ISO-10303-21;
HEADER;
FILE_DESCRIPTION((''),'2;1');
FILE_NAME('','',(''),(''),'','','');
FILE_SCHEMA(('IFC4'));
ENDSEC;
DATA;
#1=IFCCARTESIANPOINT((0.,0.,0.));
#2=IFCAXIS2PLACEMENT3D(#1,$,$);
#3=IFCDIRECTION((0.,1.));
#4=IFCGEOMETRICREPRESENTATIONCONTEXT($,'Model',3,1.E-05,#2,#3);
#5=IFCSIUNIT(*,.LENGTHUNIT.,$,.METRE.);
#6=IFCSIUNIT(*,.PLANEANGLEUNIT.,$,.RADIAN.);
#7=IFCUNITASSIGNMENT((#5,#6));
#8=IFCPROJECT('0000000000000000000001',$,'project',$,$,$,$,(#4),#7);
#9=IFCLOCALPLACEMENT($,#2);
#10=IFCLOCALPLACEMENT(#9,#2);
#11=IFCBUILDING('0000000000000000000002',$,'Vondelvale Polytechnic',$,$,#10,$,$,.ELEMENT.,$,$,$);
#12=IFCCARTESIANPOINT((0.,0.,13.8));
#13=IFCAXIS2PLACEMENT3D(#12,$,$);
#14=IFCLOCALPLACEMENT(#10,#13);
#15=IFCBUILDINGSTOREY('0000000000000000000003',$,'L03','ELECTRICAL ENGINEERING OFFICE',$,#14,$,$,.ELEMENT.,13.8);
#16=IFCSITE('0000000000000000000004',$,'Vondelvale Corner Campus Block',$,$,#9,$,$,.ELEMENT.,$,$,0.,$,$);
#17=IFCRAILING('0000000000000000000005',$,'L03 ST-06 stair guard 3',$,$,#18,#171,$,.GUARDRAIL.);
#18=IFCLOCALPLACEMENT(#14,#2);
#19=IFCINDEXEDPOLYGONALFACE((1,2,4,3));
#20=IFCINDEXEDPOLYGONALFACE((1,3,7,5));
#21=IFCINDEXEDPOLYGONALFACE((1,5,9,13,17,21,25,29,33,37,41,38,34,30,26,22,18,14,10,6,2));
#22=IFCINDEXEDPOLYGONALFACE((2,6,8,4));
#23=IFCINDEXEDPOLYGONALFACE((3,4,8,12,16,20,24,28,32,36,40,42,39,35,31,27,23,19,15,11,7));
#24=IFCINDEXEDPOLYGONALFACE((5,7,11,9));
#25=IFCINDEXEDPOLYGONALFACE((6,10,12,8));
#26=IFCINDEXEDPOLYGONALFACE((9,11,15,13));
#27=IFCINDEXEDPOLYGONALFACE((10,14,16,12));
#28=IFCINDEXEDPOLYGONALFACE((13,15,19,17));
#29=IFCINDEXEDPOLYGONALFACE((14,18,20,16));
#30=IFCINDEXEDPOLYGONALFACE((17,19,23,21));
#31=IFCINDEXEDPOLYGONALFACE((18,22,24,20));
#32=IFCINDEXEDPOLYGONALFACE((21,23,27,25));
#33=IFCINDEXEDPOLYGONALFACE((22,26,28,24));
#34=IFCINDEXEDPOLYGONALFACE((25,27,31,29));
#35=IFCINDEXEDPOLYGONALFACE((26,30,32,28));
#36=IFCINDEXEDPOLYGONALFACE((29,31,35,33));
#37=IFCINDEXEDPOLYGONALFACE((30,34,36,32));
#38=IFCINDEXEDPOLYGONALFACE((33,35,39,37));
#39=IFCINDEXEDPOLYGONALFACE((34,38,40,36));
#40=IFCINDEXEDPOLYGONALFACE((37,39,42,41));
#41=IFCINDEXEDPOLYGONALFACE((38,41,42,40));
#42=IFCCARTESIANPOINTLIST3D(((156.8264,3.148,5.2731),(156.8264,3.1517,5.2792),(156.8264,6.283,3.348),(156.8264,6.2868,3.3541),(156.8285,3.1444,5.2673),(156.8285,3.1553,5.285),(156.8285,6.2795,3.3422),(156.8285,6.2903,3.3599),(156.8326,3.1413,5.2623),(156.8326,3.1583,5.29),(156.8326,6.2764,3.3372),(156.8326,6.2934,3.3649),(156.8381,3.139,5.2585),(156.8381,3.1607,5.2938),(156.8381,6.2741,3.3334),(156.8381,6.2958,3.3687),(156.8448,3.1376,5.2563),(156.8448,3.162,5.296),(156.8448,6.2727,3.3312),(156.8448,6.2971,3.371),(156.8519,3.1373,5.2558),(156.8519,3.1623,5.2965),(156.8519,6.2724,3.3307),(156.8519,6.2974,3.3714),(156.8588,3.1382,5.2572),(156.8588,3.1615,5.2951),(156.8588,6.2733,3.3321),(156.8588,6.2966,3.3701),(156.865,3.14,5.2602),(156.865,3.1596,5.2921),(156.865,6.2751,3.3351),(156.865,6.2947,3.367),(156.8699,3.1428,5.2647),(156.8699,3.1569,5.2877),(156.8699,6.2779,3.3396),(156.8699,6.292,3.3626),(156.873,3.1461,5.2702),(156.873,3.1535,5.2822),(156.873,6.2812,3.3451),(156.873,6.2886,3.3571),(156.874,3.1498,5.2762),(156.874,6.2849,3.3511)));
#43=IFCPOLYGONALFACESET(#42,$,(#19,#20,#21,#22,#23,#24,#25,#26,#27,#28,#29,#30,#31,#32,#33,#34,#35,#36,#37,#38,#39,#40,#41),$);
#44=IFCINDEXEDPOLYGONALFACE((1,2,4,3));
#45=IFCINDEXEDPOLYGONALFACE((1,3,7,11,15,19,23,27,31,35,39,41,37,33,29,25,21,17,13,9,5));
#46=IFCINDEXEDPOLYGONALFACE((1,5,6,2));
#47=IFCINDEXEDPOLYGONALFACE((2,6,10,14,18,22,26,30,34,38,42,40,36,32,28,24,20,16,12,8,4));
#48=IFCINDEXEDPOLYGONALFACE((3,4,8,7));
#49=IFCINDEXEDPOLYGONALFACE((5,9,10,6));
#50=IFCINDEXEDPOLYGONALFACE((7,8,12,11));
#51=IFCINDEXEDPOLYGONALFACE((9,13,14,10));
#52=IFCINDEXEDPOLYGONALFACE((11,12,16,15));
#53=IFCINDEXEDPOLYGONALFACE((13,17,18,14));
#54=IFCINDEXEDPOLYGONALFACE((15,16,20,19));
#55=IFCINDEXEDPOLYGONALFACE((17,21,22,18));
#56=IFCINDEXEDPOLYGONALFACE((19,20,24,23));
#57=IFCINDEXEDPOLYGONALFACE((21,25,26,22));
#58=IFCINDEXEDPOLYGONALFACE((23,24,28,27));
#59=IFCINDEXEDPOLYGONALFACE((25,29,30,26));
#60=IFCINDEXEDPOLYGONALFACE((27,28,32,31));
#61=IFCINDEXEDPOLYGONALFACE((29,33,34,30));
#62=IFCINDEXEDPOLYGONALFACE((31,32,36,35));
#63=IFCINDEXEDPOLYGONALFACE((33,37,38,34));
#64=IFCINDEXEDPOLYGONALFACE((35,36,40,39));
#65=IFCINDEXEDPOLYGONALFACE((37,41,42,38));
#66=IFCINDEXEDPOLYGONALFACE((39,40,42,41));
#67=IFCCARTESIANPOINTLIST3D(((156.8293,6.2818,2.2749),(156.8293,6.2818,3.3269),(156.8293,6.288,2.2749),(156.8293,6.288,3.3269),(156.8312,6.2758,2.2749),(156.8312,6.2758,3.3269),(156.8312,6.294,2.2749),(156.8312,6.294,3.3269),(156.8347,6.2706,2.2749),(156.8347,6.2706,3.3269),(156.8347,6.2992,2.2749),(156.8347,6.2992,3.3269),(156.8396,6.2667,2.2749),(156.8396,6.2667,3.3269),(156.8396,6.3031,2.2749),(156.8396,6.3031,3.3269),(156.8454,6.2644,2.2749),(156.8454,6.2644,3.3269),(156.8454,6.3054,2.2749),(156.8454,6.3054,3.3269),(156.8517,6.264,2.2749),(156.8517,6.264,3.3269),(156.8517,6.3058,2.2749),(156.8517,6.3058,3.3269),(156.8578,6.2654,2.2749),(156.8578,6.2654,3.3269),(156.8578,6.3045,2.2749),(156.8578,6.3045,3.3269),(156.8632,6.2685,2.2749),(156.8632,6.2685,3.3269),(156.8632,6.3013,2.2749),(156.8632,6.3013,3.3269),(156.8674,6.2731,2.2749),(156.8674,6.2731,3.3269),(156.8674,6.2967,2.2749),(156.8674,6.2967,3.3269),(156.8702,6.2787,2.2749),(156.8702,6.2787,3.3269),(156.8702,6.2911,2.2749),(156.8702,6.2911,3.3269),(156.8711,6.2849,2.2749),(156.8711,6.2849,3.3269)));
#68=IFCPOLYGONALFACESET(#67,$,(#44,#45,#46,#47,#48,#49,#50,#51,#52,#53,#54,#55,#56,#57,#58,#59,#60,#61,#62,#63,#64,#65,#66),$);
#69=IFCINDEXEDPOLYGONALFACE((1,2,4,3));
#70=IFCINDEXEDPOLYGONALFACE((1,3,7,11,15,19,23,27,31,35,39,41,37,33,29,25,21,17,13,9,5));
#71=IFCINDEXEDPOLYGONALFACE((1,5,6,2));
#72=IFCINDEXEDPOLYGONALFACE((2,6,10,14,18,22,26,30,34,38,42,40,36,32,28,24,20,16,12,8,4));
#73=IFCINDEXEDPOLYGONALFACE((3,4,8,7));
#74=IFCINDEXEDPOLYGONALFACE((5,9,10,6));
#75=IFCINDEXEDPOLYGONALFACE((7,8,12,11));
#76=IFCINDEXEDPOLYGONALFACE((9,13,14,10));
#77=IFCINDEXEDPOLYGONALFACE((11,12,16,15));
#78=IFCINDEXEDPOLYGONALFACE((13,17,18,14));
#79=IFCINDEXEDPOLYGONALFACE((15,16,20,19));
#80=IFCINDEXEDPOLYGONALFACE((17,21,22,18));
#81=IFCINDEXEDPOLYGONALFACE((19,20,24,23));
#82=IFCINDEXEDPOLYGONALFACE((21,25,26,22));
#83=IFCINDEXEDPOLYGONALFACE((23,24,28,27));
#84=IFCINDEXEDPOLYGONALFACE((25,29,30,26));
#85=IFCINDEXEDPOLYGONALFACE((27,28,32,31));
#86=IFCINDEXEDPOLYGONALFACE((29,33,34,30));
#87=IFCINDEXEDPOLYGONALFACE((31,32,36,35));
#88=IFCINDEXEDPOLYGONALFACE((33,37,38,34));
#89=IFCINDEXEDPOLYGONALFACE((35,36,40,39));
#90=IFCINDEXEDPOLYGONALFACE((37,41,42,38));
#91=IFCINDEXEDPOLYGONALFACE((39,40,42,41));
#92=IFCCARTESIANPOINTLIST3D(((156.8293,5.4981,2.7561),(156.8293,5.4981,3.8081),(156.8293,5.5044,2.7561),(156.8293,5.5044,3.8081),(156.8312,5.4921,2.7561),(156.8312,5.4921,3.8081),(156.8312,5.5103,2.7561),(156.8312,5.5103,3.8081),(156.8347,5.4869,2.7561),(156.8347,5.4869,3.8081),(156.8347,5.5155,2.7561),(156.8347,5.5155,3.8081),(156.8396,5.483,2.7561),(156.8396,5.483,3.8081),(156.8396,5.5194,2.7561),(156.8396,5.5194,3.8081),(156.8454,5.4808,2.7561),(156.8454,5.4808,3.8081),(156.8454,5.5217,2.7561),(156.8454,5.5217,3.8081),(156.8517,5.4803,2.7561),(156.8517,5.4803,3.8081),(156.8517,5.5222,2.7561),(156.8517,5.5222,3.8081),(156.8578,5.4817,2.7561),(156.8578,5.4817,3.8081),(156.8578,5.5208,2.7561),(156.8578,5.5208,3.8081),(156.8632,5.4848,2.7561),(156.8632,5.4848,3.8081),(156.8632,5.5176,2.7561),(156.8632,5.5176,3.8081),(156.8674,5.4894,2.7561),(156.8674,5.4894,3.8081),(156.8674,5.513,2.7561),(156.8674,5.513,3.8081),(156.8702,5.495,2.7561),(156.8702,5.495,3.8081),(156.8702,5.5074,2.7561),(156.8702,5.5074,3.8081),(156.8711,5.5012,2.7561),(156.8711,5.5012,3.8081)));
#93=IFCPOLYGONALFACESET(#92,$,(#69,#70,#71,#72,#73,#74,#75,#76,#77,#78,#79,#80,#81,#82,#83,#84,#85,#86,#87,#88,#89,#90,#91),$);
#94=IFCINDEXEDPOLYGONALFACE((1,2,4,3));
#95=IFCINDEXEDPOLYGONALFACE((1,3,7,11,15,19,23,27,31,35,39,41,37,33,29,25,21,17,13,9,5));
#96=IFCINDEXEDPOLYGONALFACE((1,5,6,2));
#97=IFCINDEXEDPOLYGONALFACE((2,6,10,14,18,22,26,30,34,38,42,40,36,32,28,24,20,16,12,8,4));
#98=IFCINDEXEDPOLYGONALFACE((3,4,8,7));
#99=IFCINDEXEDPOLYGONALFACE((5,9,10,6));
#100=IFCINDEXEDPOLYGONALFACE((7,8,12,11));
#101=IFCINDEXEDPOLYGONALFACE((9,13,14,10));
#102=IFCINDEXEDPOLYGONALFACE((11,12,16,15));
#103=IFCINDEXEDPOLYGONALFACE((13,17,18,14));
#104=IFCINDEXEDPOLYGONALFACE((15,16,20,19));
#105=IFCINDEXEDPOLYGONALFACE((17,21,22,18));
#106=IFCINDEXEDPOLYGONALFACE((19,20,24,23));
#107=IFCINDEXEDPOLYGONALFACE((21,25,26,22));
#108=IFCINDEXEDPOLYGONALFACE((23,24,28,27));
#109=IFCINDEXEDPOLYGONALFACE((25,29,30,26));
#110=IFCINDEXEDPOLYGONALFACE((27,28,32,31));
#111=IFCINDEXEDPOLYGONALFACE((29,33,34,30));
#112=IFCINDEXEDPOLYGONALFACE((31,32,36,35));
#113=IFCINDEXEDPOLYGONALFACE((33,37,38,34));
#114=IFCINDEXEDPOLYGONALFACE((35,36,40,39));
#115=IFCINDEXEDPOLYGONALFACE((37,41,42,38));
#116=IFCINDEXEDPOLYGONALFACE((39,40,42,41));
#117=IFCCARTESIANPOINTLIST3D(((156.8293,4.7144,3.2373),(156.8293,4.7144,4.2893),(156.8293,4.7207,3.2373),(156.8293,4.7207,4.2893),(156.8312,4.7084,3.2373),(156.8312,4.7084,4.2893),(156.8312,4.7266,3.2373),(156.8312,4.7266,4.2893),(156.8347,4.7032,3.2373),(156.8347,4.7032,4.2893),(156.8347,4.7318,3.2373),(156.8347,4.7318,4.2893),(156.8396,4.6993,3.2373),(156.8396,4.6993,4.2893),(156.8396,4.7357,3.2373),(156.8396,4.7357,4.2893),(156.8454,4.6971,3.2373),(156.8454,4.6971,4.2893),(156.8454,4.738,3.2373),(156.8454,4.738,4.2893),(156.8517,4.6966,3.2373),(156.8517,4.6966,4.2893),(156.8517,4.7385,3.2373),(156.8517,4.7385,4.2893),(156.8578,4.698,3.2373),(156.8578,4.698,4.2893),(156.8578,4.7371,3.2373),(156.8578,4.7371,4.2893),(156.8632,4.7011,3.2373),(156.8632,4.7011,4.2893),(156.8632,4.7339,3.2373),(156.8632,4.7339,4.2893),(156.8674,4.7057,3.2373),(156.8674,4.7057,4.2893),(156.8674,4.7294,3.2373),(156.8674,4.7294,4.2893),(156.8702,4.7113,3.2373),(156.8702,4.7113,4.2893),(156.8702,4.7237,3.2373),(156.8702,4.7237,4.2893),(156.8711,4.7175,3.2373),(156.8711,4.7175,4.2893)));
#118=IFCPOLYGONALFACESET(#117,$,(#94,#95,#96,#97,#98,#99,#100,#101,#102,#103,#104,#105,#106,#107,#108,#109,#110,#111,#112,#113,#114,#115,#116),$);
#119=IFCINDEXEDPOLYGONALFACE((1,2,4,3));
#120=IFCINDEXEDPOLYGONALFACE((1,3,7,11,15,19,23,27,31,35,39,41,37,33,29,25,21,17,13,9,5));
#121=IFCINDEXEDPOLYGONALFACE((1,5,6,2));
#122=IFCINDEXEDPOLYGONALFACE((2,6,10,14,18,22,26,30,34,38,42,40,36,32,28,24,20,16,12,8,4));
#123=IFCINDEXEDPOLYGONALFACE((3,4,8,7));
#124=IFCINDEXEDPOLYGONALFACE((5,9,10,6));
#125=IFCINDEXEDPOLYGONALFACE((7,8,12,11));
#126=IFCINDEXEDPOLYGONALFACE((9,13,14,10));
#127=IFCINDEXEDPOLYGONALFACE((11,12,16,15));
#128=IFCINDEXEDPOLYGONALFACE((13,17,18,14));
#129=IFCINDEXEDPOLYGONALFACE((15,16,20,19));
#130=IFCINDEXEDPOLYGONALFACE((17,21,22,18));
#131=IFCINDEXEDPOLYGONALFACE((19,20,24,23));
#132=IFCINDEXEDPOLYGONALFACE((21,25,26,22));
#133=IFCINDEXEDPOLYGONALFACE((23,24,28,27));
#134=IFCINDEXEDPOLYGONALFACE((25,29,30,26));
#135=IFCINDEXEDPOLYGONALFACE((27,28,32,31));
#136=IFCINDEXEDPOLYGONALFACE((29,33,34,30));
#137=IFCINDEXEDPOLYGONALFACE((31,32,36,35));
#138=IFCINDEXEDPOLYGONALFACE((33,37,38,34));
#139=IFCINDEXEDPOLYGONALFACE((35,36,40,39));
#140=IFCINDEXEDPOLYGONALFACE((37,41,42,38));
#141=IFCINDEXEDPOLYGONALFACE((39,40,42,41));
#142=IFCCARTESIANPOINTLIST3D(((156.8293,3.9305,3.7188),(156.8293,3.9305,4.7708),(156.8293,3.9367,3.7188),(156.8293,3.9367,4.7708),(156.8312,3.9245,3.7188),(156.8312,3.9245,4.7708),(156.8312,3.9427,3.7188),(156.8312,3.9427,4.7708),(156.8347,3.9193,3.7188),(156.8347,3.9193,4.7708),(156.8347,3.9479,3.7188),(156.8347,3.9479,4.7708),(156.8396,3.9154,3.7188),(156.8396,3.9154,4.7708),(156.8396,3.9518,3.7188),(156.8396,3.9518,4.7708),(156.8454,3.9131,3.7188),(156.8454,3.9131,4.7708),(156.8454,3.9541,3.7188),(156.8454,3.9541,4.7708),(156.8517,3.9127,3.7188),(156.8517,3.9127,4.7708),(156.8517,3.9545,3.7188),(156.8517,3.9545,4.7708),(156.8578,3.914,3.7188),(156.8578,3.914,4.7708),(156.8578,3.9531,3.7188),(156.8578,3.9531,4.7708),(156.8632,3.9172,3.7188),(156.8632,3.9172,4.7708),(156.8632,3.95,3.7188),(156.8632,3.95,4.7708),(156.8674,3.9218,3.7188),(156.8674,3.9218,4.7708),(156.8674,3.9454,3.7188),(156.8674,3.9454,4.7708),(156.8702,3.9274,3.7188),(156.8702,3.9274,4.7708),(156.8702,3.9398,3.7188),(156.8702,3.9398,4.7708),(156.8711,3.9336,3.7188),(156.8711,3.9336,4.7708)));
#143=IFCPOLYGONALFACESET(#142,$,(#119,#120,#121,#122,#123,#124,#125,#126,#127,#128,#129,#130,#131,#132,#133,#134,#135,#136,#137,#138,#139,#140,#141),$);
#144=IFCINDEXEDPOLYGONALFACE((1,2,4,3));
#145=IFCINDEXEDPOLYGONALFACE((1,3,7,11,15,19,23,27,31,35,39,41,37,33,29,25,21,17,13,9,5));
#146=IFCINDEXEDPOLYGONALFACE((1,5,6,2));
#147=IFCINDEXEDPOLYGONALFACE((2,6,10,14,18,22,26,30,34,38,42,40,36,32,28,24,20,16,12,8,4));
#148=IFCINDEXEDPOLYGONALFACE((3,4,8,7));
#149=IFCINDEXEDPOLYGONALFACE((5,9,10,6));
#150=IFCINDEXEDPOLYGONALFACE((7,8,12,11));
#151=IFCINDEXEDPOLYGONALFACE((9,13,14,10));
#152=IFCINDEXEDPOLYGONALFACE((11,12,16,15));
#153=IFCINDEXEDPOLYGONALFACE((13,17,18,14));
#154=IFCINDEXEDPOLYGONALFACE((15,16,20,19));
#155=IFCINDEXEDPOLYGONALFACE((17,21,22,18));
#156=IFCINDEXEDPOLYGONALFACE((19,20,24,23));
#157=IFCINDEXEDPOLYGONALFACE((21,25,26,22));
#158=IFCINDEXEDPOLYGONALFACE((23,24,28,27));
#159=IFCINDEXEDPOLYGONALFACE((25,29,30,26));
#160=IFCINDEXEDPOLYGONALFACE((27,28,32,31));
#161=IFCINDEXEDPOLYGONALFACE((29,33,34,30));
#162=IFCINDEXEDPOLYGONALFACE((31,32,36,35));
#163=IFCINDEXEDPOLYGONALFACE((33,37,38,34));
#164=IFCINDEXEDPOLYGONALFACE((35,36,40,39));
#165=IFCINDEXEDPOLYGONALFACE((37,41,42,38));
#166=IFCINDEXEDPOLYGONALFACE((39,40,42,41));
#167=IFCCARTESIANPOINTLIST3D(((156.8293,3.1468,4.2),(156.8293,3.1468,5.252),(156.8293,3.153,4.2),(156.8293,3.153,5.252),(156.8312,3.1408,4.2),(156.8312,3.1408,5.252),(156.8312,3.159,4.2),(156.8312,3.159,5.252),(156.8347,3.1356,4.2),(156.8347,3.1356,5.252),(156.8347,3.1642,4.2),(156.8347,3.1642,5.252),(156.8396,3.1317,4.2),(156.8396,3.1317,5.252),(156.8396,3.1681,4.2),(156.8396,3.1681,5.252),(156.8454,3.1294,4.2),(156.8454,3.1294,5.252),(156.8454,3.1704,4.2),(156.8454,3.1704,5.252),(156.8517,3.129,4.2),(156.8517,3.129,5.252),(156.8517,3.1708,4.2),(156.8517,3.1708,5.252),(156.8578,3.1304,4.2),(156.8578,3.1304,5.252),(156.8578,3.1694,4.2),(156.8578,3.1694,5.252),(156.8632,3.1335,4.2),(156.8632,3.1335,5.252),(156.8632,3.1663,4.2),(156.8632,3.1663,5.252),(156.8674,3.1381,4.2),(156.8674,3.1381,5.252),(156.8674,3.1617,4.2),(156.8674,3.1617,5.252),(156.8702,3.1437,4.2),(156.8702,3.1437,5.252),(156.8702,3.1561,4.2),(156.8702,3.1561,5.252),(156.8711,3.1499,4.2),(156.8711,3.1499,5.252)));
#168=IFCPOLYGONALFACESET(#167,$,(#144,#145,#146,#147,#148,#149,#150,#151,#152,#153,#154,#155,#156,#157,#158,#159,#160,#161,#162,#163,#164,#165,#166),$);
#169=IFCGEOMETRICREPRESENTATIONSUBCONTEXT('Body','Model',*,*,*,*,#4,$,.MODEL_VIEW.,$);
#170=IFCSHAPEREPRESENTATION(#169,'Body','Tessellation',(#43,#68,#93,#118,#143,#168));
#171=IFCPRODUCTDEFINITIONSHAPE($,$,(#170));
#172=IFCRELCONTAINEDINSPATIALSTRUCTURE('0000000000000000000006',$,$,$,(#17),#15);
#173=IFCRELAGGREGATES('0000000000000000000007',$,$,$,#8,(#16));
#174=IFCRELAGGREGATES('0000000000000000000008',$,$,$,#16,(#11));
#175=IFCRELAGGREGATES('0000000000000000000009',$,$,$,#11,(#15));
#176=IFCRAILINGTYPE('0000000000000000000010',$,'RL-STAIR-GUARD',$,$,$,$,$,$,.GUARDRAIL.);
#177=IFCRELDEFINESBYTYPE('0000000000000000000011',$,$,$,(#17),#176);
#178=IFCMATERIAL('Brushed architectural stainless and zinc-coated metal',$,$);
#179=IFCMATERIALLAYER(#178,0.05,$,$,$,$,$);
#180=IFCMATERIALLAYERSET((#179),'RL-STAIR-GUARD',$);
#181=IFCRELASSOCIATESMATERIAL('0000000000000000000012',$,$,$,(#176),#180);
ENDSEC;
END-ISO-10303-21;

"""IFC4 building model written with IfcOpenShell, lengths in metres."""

from ifc_helpers import new_model, si_unit, direction, frame, origin, origin_2d, place, context, subcontext, project, spatial, circle, extrude, material, layer, layer_set, type_object, element, save


model = new_model("IFC4")

# Units and contexts
model_context = context("Model", 3, precision=1e-05, world=origin(), true_north=direction((0.0, 1.0)))
body_context = subcontext(model_context, "Body", "Model", "MODEL_VIEW")
ifc_project = project(units=[si_unit("LENGTHUNIT", "METRE"), si_unit("PLANEANGLEUNIT", "RADIAN")], contexts=[model_context])

# Site, building, storey
site_placement = place(None, origin())
site = spatial("IfcSite", under=ifc_project, at=site_placement, Name="Vondelvale Corner Campus Block", CompositionType="ELEMENT", RefElevation=0.0)
building_placement = place(site_placement, origin())
building = spatial("IfcBuilding", under=site, at=building_placement, Name="Vondelvale Polytechnic", CompositionType="ELEMENT")
storey_placement = place(building_placement, frame((0.0, 0.0, 13.8)))
storey = spatial("IfcBuildingStorey", under=building, at=storey_placement, Name="L03", Description="ELECTRICAL ENGINEERING OFFICE", CompositionType="ELEMENT", Elevation=13.8)

# Railing
ifc_material_1 = material(Name="Brushed architectural stainless and zinc-coated metal")
ifc_layer_1 = layer(ifc_material_1, 0.05)
ifc_layer_set_1 = layer_set([ifc_layer_1], Name="RL-STAIR-GUARD")
railing_type_1 = type_object("IfcRailingType", Name="RL-STAIR-GUARD", PredefinedType="GUARDRAIL", material=ifc_layer_set_1)
railing_1_placement = place(storey_placement, frame((156.8501, 6.2849, 2.2749)))
element("IfcRailing", 1, at=railing_1_placement, inside=storey, type_object=railing_type_1, Name="L03 ST-06 stair guard 3", PredefinedType="GUARDRAIL", context=body_context, shape_type="SweptSolid", body=[
    extrude(circle(Radius=0.0239, at=origin_2d()), frame((0.0, 0.0, 1.0762), z_axis=(0.0, -0.852166, 0.523271), x_axis=(1.0, 0.0, 0.0)), (0.0, 0.0, 1.0), 3.679),
    extrude(circle(Radius=0.021, at=origin_2d()), origin(), (0.0, 0.0, 1.0), 1.052),
    extrude(circle(Radius=0.021, at=origin_2d()), frame((0.0, -0.7837, 0.4812)), (0.0, 0.0, 1.0), 1.052),
    extrude(circle(Radius=0.021, at=origin_2d()), frame((0.0, -1.5674, 0.9624)), (0.0, 0.0, 1.0), 1.052),
    extrude(circle(Radius=0.021, at=origin_2d()), frame((0.0, -2.3513, 1.4438)), (0.0, 0.0, 1.0), 1.052),
    extrude(circle(Radius=0.021, at=origin_2d()), frame((0.0, -3.135, 1.925)), (0.0, 0.0, 1.0), 1.052),
])

save(model, "model.ifc")
